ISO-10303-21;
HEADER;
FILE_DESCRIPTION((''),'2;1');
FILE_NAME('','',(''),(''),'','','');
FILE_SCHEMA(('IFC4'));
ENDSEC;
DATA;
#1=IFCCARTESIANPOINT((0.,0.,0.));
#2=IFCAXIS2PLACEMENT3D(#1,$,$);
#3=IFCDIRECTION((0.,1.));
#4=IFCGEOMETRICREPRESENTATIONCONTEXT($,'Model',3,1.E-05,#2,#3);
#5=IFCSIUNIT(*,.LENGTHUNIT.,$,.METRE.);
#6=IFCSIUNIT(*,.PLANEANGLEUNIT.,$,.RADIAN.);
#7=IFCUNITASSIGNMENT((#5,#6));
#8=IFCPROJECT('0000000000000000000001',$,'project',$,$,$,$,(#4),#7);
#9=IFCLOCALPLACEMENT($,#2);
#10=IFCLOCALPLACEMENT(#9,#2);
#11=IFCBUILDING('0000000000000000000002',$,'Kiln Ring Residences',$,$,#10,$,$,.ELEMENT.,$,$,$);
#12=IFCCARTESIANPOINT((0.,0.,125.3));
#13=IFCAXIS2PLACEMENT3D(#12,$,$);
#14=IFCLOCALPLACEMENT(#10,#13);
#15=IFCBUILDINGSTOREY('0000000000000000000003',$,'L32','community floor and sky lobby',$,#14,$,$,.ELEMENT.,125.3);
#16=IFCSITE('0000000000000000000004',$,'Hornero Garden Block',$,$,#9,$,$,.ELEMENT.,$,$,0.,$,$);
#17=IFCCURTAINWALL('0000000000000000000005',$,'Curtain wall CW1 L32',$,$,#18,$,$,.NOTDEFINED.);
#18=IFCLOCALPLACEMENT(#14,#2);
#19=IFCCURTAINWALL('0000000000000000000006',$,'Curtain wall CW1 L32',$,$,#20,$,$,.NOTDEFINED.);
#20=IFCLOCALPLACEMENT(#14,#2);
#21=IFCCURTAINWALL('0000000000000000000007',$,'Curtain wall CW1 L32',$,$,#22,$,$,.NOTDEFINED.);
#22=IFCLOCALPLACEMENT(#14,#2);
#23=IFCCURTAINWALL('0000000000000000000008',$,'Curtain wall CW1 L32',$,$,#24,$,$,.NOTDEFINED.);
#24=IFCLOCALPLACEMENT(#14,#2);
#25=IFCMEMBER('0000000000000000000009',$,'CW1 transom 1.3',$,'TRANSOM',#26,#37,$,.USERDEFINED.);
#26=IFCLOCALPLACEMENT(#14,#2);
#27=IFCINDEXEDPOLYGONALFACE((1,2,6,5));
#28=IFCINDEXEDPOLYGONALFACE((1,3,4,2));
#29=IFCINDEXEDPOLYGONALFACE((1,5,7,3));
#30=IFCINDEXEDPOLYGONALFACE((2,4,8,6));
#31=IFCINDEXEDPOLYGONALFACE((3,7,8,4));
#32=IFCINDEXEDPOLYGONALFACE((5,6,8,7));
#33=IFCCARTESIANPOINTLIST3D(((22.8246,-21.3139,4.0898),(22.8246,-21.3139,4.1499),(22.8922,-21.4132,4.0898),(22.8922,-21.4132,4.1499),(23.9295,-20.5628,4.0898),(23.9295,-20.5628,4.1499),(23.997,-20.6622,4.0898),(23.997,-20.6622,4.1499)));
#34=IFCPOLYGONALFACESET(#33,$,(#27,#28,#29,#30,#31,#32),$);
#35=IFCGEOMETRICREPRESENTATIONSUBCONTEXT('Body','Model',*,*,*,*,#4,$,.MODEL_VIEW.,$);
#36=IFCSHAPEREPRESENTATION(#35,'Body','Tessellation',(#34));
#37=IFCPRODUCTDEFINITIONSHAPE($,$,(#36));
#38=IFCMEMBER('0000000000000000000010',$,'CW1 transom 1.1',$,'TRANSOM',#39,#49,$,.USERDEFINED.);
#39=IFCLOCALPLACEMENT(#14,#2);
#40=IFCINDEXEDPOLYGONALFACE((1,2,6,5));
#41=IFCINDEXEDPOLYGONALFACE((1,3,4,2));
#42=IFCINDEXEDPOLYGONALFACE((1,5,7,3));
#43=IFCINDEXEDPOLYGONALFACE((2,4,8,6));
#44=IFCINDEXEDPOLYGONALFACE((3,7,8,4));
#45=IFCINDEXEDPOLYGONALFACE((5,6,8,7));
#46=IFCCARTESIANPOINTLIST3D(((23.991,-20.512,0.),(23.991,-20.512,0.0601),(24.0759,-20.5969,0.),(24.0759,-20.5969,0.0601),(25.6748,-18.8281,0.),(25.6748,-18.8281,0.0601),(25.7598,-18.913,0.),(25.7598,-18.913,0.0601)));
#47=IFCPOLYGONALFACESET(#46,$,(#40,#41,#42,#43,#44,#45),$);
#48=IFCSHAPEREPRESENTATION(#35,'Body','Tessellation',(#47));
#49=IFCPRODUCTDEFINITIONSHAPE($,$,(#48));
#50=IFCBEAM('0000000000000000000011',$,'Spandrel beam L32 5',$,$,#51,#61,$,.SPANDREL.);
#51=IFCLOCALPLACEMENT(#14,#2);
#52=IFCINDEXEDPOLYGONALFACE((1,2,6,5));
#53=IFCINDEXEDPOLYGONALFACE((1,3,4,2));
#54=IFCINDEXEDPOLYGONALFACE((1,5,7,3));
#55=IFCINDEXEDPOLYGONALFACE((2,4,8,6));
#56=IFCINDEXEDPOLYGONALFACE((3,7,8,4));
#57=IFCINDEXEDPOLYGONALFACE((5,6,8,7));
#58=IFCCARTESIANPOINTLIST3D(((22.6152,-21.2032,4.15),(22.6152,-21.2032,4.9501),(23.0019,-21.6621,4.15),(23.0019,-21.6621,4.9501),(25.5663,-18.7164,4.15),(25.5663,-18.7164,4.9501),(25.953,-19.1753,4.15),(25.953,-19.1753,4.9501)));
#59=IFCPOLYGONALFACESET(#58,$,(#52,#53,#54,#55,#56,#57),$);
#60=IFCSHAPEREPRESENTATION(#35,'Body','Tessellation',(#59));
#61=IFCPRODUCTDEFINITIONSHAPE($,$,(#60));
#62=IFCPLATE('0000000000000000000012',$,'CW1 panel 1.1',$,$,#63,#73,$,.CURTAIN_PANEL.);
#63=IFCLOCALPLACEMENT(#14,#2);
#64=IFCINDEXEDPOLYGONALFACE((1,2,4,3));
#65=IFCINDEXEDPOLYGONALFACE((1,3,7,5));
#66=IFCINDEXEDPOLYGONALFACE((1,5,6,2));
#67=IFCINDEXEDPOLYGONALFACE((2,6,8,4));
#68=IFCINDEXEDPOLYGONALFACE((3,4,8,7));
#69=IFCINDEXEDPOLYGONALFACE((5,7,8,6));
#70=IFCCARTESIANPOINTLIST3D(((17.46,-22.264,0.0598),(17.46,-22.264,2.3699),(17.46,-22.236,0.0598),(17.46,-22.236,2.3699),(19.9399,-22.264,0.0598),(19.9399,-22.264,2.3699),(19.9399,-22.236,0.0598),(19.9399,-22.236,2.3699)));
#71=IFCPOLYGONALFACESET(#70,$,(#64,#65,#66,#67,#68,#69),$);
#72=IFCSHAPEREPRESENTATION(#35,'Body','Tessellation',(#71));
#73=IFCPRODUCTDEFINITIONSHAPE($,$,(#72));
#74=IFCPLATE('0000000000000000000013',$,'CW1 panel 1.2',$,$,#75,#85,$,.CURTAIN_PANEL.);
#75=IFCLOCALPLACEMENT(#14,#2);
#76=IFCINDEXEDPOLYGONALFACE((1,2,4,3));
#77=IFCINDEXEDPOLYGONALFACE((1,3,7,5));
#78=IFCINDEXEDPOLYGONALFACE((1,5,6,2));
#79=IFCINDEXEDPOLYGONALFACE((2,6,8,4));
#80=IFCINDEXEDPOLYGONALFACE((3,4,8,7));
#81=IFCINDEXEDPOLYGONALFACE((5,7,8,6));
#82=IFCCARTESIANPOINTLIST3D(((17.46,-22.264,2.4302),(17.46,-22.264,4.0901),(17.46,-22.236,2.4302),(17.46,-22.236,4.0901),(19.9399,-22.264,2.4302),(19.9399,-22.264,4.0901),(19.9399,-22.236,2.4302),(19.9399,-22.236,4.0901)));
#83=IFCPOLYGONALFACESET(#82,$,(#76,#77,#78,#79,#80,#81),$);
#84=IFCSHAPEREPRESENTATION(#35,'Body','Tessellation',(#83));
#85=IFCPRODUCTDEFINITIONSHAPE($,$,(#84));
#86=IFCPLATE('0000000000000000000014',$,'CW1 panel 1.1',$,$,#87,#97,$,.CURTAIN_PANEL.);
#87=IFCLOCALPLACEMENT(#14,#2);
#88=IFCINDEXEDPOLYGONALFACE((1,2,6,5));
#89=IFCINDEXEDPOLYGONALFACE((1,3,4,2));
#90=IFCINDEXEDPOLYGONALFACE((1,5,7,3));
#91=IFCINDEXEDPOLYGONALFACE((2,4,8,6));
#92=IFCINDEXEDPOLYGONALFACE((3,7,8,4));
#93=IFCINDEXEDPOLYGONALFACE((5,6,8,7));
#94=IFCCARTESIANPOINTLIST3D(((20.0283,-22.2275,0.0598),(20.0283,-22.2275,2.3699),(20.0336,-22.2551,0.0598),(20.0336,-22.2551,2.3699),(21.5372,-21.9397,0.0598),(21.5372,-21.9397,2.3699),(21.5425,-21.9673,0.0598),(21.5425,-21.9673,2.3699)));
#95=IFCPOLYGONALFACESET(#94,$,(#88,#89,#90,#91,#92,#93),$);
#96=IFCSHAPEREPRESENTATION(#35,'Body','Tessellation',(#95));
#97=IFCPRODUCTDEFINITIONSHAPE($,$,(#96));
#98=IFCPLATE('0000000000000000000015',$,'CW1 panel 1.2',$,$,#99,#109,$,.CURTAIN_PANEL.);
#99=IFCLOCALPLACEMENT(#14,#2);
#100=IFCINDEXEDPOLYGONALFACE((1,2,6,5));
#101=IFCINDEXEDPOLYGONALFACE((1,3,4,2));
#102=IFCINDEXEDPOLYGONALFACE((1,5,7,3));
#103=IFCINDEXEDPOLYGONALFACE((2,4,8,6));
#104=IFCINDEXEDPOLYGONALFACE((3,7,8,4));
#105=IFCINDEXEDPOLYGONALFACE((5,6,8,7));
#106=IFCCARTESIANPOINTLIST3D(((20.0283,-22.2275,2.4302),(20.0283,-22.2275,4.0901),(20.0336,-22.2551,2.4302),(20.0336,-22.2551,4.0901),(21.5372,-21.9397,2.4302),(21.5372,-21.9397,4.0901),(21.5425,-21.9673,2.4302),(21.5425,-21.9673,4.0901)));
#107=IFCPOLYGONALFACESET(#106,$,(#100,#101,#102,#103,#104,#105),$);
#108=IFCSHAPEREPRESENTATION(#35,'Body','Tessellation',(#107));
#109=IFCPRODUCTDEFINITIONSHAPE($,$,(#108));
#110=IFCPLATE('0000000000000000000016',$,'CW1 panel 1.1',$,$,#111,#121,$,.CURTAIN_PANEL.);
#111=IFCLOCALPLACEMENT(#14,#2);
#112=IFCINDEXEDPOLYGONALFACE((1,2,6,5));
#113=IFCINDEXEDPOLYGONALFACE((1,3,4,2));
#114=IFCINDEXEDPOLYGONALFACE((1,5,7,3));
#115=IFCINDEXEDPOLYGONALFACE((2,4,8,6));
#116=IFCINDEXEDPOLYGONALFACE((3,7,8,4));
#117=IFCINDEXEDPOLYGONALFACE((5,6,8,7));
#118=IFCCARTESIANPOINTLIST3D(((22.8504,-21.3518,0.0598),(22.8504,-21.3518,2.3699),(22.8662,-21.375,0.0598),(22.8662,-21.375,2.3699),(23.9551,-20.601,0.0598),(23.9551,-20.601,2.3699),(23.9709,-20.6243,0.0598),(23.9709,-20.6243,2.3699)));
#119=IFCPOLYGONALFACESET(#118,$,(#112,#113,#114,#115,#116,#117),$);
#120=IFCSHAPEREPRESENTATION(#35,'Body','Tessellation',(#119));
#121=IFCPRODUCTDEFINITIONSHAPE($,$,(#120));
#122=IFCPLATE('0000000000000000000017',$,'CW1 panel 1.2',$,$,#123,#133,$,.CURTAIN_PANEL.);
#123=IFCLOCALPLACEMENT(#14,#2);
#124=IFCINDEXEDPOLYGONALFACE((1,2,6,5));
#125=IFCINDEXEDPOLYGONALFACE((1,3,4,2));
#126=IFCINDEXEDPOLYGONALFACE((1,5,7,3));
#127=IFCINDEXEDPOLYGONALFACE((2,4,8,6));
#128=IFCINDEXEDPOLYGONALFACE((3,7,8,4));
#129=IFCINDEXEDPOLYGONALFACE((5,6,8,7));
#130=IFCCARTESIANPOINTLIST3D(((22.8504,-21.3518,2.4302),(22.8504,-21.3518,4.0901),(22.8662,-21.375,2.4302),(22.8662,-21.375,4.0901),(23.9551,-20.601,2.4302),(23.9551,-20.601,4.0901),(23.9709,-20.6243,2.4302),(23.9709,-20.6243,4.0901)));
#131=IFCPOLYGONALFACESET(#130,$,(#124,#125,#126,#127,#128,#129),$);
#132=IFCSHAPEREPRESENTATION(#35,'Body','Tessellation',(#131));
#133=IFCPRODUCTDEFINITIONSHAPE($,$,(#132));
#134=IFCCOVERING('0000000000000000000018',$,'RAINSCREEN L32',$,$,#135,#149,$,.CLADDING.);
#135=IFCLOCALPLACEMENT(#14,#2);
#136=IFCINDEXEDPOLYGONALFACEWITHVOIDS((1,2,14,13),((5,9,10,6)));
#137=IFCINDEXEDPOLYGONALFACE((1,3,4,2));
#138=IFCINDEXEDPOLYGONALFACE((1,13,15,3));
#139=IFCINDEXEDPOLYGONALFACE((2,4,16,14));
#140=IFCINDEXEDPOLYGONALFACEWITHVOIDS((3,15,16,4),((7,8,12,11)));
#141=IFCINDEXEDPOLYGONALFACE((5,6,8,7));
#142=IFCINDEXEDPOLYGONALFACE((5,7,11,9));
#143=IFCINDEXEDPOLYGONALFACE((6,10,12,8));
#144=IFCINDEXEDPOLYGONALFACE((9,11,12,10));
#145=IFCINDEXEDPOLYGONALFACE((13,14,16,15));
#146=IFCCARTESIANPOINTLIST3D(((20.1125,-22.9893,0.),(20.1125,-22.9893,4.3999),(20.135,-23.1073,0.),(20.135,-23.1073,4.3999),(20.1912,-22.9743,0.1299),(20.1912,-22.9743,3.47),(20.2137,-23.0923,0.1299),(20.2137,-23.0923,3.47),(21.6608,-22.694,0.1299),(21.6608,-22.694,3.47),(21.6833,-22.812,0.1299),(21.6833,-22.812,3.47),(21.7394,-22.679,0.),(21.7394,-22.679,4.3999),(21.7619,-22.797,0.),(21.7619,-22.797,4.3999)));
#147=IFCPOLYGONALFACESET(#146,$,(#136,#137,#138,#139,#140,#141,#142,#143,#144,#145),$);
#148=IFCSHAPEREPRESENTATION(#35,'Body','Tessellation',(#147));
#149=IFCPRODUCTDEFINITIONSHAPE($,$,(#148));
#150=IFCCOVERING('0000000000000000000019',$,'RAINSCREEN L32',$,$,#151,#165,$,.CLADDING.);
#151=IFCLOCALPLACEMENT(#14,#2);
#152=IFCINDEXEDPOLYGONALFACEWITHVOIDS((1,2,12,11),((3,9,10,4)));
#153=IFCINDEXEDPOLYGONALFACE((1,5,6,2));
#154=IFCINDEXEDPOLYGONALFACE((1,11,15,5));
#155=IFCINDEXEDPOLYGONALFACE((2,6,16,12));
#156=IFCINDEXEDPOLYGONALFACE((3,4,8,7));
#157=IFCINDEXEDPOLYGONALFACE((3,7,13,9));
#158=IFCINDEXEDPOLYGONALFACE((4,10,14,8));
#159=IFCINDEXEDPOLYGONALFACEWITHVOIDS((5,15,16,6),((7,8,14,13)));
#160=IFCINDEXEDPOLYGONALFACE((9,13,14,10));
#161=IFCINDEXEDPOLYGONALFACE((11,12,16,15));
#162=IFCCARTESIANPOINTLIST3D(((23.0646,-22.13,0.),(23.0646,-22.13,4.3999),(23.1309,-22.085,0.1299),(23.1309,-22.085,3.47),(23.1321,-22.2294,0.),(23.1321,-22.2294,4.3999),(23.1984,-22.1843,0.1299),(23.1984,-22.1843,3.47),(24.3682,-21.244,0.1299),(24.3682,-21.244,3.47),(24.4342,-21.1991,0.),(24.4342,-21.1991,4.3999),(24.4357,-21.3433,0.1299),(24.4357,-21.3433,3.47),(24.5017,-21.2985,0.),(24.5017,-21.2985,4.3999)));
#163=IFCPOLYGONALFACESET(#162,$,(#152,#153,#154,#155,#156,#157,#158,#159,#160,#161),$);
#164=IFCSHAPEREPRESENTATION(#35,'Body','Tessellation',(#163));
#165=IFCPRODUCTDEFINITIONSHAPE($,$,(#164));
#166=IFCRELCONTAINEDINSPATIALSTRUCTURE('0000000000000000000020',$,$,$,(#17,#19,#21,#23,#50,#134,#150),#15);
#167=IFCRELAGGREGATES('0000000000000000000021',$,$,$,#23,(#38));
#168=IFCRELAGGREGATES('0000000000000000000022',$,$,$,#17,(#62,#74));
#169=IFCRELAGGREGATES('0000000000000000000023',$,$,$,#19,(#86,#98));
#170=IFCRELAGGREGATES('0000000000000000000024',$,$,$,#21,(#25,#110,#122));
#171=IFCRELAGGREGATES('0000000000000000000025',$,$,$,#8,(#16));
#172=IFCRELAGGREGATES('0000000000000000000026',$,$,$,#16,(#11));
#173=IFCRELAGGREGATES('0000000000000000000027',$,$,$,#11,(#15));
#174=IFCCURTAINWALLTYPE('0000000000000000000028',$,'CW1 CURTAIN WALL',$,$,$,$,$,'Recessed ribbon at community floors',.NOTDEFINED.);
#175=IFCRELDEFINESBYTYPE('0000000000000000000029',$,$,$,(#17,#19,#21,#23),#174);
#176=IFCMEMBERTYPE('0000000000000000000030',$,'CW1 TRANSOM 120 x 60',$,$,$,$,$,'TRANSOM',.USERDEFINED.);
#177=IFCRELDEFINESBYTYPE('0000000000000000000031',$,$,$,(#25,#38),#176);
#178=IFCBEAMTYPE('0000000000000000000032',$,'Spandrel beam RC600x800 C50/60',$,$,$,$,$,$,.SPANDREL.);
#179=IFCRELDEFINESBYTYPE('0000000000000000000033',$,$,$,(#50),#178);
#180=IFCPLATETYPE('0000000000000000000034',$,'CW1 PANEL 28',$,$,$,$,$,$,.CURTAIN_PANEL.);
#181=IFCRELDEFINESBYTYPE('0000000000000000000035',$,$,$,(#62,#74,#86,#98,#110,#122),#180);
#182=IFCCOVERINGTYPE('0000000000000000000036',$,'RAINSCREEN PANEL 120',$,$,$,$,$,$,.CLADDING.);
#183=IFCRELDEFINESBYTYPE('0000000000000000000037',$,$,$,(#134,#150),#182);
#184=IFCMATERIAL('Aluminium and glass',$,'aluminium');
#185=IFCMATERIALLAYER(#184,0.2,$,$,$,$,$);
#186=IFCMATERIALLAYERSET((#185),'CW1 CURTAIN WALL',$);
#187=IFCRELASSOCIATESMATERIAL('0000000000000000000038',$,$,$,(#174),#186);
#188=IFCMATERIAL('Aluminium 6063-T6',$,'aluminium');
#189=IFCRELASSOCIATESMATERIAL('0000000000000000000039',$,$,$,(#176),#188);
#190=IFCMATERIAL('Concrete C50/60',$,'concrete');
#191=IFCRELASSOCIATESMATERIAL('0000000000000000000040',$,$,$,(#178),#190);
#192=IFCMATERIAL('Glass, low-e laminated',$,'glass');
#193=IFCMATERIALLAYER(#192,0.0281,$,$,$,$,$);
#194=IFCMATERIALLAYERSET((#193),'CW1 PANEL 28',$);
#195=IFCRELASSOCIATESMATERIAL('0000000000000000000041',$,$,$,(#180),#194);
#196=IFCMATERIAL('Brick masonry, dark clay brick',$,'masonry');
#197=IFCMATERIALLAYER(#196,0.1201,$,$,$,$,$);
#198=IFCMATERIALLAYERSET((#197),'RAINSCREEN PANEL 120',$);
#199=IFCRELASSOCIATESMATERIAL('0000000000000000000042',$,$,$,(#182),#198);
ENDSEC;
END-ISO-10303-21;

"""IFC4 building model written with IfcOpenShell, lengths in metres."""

from ifc_helpers import new_model, si_unit, direction, frame, origin, origin_2d, place, context, subcontext, project, spatial, polyline, rectangle, outline, extrude, material, layer, layer_set, material_profile, profile_set, type_object, element, aggregate, save


model = new_model("IFC4")

# Units and contexts
model_context = context("Model", 3, precision=1e-05, world=origin(), true_north=direction((0.0, 1.0)))
body_context = subcontext(model_context, "Body", "Model", "MODEL_VIEW")
ifc_project = project(units=[si_unit("LENGTHUNIT", "METRE"), si_unit("PLANEANGLEUNIT", "RADIAN")], contexts=[model_context])

# Site, building, storey
site_placement = place(None, origin())
site = spatial("IfcSite", under=ifc_project, at=site_placement, Name="Hornero Garden Block", CompositionType="ELEMENT", RefElevation=0.0)
building_placement = place(site_placement, origin())
building = spatial("IfcBuilding", under=site, at=building_placement, Name="Kiln Ring Residences", CompositionType="ELEMENT")
storey_placement = place(building_placement, frame((0.0, 0.0, 125.3)))
storey = spatial("IfcBuildingStorey", under=building, at=storey_placement, Name="L32", Description="community floor and sky lobby", CompositionType="ELEMENT", Elevation=125.3)

# Curtain wall
ifc_material_1 = material(Name="Aluminium and glass", Category="aluminium")
ifc_layer_1 = layer(ifc_material_1, 0.2)
ifc_layer_set_1 = layer_set([ifc_layer_1], Name="CW1 CURTAIN WALL")
curtain_wall_type = type_object("IfcCurtainWallType", Name="CW1 CURTAIN WALL", ElementType="Recessed ribbon at community floors", PredefinedType="NOTDEFINED", material=ifc_layer_set_1)
placement = place(storey_placement, origin())
curtain_wall_1 = element("IfcCurtainWall", 1, at=placement, inside=storey, type_object=curtain_wall_type, Name="Curtain wall CW1 L32", PredefinedType="NOTDEFINED")

# Curtain walls
curtain_wall_2 = element("IfcCurtainWall", 2, at=placement, inside=storey, type_object=curtain_wall_type, Name="Curtain wall CW1 L32", PredefinedType="NOTDEFINED")
curtain_wall_3 = element("IfcCurtainWall", 3, at=placement, inside=storey, type_object=curtain_wall_type, Name="Curtain wall CW1 L32", PredefinedType="NOTDEFINED")

# Curtain wall
curtain_wall_4 = element("IfcCurtainWall", 4, at=placement, inside=storey, type_object=curtain_wall_type, Name="Curtain wall CW1 L32", PredefinedType="NOTDEFINED")

# Members
ifc_material_2 = material(Name="Aluminium 6063-T6", Category="aluminium")
ifc_material_profile_1 = material_profile(ifc_material_2, rectangle(XDim=0.1201, YDim=0.0601, at=origin_2d()), Name="AL 120x60")
ifc_profile_set_1 = profile_set([ifc_material_profile_1], Name="Aluminium 6063-T6")
member_type_1 = type_object("IfcMemberType", Name="CW1 TRANSOM 120 x 60", ElementType="TRANSOM", PredefinedType="USERDEFINED", material=ifc_profile_set_1)
member_1_placement = place(storey_placement, frame((22.8584, -21.3635, 4.1199), z_axis=(0.827011, 0.562185, 0.0), x_axis=(-0.562185, 0.827011, 0.0)))
member_1 = element("IfcMember", 5, at=member_1_placement, type_object=member_type_1, Name="CW1 transom 1.3", ObjectType="TRANSOM", PredefinedType="USERDEFINED", context=body_context, shape_type="SweptSolid", body=[
    extrude(rectangle(XDim=0.1201, YDim=0.0601, at=origin_2d()), origin(), (0.0, 0.0, 1.0), 1.3359),
])
member_2_placement = place(storey_placement, frame((24.0334, -20.5544, 0.03), z_axis=(0.707107, 0.707107, 0.0), x_axis=(-0.707107, 0.707107, 0.0)))
member_2 = element("IfcMember", 6, at=member_2_placement, type_object=member_type_1, Name="CW1 transom 1.1", ObjectType="TRANSOM", PredefinedType="USERDEFINED", context=body_context, shape_type="SweptSolid", body=[
    extrude(rectangle(XDim=0.1201, YDim=0.0601, at=origin_2d()), origin(), (0.0, 0.0, 1.0), 2.3813),
])
aggregate(curtain_wall_4, [member_2])

# Beam
ifc_material_3 = material(Name="Concrete C50/60", Category="concrete")
ifc_material_profile_2 = material_profile(ifc_material_3, rectangle(XDim=0.6001, YDim=0.8, at=origin_2d()), Name="RC600x800")
ifc_profile_set_2 = profile_set([ifc_material_profile_2], Name="Concrete C50/60")
beam_type = type_object("IfcBeamType", Name="Spandrel beam RC600x800 C50/60", PredefinedType="SPANDREL", material=ifc_profile_set_2)
beam_placement = place(storey_placement, frame((22.8086, -21.4326, 4.55), z_axis=(0.764704, 0.644381, 0.0), x_axis=(-0.644381, 0.764704, 0.0)))
element("IfcBeam", 7, at=beam_placement, inside=storey, type_object=beam_type, Name="Spandrel beam L32 5", PredefinedType="SPANDREL", context=body_context, shape_type="SweptSolid", body=[
    extrude(rectangle(XDim=0.6001, YDim=0.8, at=origin_2d()), origin(), (0.0, 0.0, 1.0), 3.8591),
])

# Plates
ifc_material_4 = material(Name="Glass, low-e laminated", Category="glass")
ifc_layer_2 = layer(ifc_material_4, 0.0281)
ifc_layer_set_2 = layer_set([ifc_layer_2], Name="CW1 PANEL 28")
plate_type = type_object("IfcPlateType", Name="CW1 PANEL 28", PredefinedType="CURTAIN_PANEL", material=ifc_layer_set_2)
plate_1_placement = place(storey_placement, frame((18.7, -22.25, 0.0598), z_axis=(0.0, 0.0, 1.0), x_axis=(1.0, 0.0, 0.0)))
plate_1 = element("IfcPlate", 8, at=plate_1_placement, type_object=plate_type, Name="CW1 panel 1.1", PredefinedType="CURTAIN_PANEL", context=body_context, shape_type="SweptSolid", body=[
    extrude(rectangle(XDim=2.48, YDim=0.0281, at=origin_2d()), origin(), (0.0, 0.0, 1.0), 2.3101),
])
plate_2_placement = place(storey_placement, frame((18.7, -22.25, 2.4302), z_axis=(0.0, 0.0, 1.0), x_axis=(1.0, 0.0, 0.0)))
plate_2 = element("IfcPlate", 9, at=plate_2_placement, type_object=plate_type, Name="CW1 panel 1.2", PredefinedType="CURTAIN_PANEL", context=body_context, shape_type="SweptSolid", body=[
    extrude(rectangle(XDim=2.48, YDim=0.0281, at=origin_2d()), origin(), (0.0, 0.0, 1.0), 1.6599),
])
aggregate(curtain_wall_1, [plate_1, plate_2])
plate_3_placement = place(storey_placement, frame((20.7854, -22.0974, 0.0598), z_axis=(0.0, 0.0, 1.0), x_axis=(0.98229, 0.187366, 0.0)))
plate_3 = element("IfcPlate", 10, at=plate_3_placement, type_object=plate_type, Name="CW1 panel 1.1", PredefinedType="CURTAIN_PANEL", context=body_context, shape_type="SweptSolid", body=[
    extrude(rectangle(XDim=1.5361, YDim=0.0281, at=origin_2d()), origin(), (0.0, 0.0, 1.0), 2.3101),
])
plate_4_placement = place(storey_placement, frame((20.7854, -22.0974, 2.4302), z_axis=(0.0, 0.0, 1.0), x_axis=(0.98229, 0.187366, 0.0)))
plate_4 = element("IfcPlate", 11, at=plate_4_placement, type_object=plate_type, Name="CW1 panel 1.2", PredefinedType="CURTAIN_PANEL", context=body_context, shape_type="SweptSolid", body=[
    extrude(rectangle(XDim=1.5361, YDim=0.0281, at=origin_2d()), origin(), (0.0, 0.0, 1.0), 1.6599),
])
aggregate(curtain_wall_2, [plate_3, plate_4])
plate_5_placement = place(storey_placement, frame((23.4106, -20.988, 0.0598), z_axis=(0.0, 0.0, 1.0), x_axis=(0.827072, 0.562097, 0.0)))
plate_5 = element("IfcPlate", 12, at=plate_5_placement, type_object=plate_type, Name="CW1 panel 1.1", PredefinedType="CURTAIN_PANEL", context=body_context, shape_type="SweptSolid", body=[
    extrude(rectangle(XDim=1.3357, YDim=0.0281, at=origin_2d()), origin(), (0.0, 0.0, 1.0), 2.3101),
])
plate_6_placement = place(storey_placement, frame((23.4106, -20.988, 2.4302), z_axis=(0.0, 0.0, 1.0), x_axis=(0.827072, 0.562097, 0.0)))
plate_6 = element("IfcPlate", 13, at=plate_6_placement, type_object=plate_type, Name="CW1 panel 1.2", PredefinedType="CURTAIN_PANEL", context=body_context, shape_type="SweptSolid", body=[
    extrude(rectangle(XDim=1.3357, YDim=0.0281, at=origin_2d()), origin(), (0.0, 0.0, 1.0), 1.6599),
])
aggregate(curtain_wall_3, [member_1, plate_5, plate_6])

# Coverings
ifc_material_5 = material(Name="Brick masonry, dark clay brick", Category="masonry")
ifc_layer_3 = layer(ifc_material_5, 0.1201)
ifc_layer_set_3 = layer_set([ifc_layer_3], Name="RAINSCREEN PANEL 120")
covering_type = type_object("IfcCoveringType", Name="RAINSCREEN PANEL 120", PredefinedType="CLADDING", material=ifc_layer_set_3)
covering_1_placement = place(storey_placement, frame((20.1238, -23.0483, 0.0), z_axis=(0.0, 0.0, 1.0), x_axis=(0.982288, 0.187376, 0.0)))
element("IfcCovering", 14, at=covering_1_placement, inside=storey, type_object=covering_type, Name="RAINSCREEN L32", PredefinedType="CLADDING", context=body_context, shape_type="SweptSolid", body=[
    extrude(outline(polyline([(0.0, 0.0), (1.6562, 0.0), (1.6562, 4.3999), (0.0, 4.3999), (0.0, 0.0)]), holes=[polyline([(0.0801, 3.47), (0.0801, 0.1299), (1.5762, 0.1299), (1.5762, 3.47), (0.0801, 3.47)])]), frame((0.0, 0.0601, 0.0), z_axis=(0.0, -1.0, 0.0), x_axis=(1.0, 0.0, 0.0)), (0.0, 0.0, 1.0), 0.1201),
])
covering_2_placement = place(storey_placement, frame((23.0984, -22.1797, 0.0), z_axis=(0.0, 0.0, 1.0), x_axis=(0.82705, 0.562129, 0.0)))
element("IfcCovering", 15, at=covering_2_placement, inside=storey, type_object=covering_type, Name="RAINSCREEN L32", PredefinedType="CLADDING", context=body_context, shape_type="SweptSolid", body=[
    extrude(outline(polyline([(0.0, 0.0), (1.656, 0.0), (1.656, 4.3999), (0.0, 4.3999), (0.0, 0.0)]), holes=[polyline([(0.0801, 3.47), (0.0801, 0.1299), (1.5762, 0.1299), (1.5762, 3.47), (0.0801, 3.47)])]), frame((0.0, 0.0601, 0.0), z_axis=(0.0, -1.0, 0.0), x_axis=(1.0, 0.0, 0.0)), (0.0, 0.0, 1.0), 0.1201),
])

save(model, "model.ifc")
